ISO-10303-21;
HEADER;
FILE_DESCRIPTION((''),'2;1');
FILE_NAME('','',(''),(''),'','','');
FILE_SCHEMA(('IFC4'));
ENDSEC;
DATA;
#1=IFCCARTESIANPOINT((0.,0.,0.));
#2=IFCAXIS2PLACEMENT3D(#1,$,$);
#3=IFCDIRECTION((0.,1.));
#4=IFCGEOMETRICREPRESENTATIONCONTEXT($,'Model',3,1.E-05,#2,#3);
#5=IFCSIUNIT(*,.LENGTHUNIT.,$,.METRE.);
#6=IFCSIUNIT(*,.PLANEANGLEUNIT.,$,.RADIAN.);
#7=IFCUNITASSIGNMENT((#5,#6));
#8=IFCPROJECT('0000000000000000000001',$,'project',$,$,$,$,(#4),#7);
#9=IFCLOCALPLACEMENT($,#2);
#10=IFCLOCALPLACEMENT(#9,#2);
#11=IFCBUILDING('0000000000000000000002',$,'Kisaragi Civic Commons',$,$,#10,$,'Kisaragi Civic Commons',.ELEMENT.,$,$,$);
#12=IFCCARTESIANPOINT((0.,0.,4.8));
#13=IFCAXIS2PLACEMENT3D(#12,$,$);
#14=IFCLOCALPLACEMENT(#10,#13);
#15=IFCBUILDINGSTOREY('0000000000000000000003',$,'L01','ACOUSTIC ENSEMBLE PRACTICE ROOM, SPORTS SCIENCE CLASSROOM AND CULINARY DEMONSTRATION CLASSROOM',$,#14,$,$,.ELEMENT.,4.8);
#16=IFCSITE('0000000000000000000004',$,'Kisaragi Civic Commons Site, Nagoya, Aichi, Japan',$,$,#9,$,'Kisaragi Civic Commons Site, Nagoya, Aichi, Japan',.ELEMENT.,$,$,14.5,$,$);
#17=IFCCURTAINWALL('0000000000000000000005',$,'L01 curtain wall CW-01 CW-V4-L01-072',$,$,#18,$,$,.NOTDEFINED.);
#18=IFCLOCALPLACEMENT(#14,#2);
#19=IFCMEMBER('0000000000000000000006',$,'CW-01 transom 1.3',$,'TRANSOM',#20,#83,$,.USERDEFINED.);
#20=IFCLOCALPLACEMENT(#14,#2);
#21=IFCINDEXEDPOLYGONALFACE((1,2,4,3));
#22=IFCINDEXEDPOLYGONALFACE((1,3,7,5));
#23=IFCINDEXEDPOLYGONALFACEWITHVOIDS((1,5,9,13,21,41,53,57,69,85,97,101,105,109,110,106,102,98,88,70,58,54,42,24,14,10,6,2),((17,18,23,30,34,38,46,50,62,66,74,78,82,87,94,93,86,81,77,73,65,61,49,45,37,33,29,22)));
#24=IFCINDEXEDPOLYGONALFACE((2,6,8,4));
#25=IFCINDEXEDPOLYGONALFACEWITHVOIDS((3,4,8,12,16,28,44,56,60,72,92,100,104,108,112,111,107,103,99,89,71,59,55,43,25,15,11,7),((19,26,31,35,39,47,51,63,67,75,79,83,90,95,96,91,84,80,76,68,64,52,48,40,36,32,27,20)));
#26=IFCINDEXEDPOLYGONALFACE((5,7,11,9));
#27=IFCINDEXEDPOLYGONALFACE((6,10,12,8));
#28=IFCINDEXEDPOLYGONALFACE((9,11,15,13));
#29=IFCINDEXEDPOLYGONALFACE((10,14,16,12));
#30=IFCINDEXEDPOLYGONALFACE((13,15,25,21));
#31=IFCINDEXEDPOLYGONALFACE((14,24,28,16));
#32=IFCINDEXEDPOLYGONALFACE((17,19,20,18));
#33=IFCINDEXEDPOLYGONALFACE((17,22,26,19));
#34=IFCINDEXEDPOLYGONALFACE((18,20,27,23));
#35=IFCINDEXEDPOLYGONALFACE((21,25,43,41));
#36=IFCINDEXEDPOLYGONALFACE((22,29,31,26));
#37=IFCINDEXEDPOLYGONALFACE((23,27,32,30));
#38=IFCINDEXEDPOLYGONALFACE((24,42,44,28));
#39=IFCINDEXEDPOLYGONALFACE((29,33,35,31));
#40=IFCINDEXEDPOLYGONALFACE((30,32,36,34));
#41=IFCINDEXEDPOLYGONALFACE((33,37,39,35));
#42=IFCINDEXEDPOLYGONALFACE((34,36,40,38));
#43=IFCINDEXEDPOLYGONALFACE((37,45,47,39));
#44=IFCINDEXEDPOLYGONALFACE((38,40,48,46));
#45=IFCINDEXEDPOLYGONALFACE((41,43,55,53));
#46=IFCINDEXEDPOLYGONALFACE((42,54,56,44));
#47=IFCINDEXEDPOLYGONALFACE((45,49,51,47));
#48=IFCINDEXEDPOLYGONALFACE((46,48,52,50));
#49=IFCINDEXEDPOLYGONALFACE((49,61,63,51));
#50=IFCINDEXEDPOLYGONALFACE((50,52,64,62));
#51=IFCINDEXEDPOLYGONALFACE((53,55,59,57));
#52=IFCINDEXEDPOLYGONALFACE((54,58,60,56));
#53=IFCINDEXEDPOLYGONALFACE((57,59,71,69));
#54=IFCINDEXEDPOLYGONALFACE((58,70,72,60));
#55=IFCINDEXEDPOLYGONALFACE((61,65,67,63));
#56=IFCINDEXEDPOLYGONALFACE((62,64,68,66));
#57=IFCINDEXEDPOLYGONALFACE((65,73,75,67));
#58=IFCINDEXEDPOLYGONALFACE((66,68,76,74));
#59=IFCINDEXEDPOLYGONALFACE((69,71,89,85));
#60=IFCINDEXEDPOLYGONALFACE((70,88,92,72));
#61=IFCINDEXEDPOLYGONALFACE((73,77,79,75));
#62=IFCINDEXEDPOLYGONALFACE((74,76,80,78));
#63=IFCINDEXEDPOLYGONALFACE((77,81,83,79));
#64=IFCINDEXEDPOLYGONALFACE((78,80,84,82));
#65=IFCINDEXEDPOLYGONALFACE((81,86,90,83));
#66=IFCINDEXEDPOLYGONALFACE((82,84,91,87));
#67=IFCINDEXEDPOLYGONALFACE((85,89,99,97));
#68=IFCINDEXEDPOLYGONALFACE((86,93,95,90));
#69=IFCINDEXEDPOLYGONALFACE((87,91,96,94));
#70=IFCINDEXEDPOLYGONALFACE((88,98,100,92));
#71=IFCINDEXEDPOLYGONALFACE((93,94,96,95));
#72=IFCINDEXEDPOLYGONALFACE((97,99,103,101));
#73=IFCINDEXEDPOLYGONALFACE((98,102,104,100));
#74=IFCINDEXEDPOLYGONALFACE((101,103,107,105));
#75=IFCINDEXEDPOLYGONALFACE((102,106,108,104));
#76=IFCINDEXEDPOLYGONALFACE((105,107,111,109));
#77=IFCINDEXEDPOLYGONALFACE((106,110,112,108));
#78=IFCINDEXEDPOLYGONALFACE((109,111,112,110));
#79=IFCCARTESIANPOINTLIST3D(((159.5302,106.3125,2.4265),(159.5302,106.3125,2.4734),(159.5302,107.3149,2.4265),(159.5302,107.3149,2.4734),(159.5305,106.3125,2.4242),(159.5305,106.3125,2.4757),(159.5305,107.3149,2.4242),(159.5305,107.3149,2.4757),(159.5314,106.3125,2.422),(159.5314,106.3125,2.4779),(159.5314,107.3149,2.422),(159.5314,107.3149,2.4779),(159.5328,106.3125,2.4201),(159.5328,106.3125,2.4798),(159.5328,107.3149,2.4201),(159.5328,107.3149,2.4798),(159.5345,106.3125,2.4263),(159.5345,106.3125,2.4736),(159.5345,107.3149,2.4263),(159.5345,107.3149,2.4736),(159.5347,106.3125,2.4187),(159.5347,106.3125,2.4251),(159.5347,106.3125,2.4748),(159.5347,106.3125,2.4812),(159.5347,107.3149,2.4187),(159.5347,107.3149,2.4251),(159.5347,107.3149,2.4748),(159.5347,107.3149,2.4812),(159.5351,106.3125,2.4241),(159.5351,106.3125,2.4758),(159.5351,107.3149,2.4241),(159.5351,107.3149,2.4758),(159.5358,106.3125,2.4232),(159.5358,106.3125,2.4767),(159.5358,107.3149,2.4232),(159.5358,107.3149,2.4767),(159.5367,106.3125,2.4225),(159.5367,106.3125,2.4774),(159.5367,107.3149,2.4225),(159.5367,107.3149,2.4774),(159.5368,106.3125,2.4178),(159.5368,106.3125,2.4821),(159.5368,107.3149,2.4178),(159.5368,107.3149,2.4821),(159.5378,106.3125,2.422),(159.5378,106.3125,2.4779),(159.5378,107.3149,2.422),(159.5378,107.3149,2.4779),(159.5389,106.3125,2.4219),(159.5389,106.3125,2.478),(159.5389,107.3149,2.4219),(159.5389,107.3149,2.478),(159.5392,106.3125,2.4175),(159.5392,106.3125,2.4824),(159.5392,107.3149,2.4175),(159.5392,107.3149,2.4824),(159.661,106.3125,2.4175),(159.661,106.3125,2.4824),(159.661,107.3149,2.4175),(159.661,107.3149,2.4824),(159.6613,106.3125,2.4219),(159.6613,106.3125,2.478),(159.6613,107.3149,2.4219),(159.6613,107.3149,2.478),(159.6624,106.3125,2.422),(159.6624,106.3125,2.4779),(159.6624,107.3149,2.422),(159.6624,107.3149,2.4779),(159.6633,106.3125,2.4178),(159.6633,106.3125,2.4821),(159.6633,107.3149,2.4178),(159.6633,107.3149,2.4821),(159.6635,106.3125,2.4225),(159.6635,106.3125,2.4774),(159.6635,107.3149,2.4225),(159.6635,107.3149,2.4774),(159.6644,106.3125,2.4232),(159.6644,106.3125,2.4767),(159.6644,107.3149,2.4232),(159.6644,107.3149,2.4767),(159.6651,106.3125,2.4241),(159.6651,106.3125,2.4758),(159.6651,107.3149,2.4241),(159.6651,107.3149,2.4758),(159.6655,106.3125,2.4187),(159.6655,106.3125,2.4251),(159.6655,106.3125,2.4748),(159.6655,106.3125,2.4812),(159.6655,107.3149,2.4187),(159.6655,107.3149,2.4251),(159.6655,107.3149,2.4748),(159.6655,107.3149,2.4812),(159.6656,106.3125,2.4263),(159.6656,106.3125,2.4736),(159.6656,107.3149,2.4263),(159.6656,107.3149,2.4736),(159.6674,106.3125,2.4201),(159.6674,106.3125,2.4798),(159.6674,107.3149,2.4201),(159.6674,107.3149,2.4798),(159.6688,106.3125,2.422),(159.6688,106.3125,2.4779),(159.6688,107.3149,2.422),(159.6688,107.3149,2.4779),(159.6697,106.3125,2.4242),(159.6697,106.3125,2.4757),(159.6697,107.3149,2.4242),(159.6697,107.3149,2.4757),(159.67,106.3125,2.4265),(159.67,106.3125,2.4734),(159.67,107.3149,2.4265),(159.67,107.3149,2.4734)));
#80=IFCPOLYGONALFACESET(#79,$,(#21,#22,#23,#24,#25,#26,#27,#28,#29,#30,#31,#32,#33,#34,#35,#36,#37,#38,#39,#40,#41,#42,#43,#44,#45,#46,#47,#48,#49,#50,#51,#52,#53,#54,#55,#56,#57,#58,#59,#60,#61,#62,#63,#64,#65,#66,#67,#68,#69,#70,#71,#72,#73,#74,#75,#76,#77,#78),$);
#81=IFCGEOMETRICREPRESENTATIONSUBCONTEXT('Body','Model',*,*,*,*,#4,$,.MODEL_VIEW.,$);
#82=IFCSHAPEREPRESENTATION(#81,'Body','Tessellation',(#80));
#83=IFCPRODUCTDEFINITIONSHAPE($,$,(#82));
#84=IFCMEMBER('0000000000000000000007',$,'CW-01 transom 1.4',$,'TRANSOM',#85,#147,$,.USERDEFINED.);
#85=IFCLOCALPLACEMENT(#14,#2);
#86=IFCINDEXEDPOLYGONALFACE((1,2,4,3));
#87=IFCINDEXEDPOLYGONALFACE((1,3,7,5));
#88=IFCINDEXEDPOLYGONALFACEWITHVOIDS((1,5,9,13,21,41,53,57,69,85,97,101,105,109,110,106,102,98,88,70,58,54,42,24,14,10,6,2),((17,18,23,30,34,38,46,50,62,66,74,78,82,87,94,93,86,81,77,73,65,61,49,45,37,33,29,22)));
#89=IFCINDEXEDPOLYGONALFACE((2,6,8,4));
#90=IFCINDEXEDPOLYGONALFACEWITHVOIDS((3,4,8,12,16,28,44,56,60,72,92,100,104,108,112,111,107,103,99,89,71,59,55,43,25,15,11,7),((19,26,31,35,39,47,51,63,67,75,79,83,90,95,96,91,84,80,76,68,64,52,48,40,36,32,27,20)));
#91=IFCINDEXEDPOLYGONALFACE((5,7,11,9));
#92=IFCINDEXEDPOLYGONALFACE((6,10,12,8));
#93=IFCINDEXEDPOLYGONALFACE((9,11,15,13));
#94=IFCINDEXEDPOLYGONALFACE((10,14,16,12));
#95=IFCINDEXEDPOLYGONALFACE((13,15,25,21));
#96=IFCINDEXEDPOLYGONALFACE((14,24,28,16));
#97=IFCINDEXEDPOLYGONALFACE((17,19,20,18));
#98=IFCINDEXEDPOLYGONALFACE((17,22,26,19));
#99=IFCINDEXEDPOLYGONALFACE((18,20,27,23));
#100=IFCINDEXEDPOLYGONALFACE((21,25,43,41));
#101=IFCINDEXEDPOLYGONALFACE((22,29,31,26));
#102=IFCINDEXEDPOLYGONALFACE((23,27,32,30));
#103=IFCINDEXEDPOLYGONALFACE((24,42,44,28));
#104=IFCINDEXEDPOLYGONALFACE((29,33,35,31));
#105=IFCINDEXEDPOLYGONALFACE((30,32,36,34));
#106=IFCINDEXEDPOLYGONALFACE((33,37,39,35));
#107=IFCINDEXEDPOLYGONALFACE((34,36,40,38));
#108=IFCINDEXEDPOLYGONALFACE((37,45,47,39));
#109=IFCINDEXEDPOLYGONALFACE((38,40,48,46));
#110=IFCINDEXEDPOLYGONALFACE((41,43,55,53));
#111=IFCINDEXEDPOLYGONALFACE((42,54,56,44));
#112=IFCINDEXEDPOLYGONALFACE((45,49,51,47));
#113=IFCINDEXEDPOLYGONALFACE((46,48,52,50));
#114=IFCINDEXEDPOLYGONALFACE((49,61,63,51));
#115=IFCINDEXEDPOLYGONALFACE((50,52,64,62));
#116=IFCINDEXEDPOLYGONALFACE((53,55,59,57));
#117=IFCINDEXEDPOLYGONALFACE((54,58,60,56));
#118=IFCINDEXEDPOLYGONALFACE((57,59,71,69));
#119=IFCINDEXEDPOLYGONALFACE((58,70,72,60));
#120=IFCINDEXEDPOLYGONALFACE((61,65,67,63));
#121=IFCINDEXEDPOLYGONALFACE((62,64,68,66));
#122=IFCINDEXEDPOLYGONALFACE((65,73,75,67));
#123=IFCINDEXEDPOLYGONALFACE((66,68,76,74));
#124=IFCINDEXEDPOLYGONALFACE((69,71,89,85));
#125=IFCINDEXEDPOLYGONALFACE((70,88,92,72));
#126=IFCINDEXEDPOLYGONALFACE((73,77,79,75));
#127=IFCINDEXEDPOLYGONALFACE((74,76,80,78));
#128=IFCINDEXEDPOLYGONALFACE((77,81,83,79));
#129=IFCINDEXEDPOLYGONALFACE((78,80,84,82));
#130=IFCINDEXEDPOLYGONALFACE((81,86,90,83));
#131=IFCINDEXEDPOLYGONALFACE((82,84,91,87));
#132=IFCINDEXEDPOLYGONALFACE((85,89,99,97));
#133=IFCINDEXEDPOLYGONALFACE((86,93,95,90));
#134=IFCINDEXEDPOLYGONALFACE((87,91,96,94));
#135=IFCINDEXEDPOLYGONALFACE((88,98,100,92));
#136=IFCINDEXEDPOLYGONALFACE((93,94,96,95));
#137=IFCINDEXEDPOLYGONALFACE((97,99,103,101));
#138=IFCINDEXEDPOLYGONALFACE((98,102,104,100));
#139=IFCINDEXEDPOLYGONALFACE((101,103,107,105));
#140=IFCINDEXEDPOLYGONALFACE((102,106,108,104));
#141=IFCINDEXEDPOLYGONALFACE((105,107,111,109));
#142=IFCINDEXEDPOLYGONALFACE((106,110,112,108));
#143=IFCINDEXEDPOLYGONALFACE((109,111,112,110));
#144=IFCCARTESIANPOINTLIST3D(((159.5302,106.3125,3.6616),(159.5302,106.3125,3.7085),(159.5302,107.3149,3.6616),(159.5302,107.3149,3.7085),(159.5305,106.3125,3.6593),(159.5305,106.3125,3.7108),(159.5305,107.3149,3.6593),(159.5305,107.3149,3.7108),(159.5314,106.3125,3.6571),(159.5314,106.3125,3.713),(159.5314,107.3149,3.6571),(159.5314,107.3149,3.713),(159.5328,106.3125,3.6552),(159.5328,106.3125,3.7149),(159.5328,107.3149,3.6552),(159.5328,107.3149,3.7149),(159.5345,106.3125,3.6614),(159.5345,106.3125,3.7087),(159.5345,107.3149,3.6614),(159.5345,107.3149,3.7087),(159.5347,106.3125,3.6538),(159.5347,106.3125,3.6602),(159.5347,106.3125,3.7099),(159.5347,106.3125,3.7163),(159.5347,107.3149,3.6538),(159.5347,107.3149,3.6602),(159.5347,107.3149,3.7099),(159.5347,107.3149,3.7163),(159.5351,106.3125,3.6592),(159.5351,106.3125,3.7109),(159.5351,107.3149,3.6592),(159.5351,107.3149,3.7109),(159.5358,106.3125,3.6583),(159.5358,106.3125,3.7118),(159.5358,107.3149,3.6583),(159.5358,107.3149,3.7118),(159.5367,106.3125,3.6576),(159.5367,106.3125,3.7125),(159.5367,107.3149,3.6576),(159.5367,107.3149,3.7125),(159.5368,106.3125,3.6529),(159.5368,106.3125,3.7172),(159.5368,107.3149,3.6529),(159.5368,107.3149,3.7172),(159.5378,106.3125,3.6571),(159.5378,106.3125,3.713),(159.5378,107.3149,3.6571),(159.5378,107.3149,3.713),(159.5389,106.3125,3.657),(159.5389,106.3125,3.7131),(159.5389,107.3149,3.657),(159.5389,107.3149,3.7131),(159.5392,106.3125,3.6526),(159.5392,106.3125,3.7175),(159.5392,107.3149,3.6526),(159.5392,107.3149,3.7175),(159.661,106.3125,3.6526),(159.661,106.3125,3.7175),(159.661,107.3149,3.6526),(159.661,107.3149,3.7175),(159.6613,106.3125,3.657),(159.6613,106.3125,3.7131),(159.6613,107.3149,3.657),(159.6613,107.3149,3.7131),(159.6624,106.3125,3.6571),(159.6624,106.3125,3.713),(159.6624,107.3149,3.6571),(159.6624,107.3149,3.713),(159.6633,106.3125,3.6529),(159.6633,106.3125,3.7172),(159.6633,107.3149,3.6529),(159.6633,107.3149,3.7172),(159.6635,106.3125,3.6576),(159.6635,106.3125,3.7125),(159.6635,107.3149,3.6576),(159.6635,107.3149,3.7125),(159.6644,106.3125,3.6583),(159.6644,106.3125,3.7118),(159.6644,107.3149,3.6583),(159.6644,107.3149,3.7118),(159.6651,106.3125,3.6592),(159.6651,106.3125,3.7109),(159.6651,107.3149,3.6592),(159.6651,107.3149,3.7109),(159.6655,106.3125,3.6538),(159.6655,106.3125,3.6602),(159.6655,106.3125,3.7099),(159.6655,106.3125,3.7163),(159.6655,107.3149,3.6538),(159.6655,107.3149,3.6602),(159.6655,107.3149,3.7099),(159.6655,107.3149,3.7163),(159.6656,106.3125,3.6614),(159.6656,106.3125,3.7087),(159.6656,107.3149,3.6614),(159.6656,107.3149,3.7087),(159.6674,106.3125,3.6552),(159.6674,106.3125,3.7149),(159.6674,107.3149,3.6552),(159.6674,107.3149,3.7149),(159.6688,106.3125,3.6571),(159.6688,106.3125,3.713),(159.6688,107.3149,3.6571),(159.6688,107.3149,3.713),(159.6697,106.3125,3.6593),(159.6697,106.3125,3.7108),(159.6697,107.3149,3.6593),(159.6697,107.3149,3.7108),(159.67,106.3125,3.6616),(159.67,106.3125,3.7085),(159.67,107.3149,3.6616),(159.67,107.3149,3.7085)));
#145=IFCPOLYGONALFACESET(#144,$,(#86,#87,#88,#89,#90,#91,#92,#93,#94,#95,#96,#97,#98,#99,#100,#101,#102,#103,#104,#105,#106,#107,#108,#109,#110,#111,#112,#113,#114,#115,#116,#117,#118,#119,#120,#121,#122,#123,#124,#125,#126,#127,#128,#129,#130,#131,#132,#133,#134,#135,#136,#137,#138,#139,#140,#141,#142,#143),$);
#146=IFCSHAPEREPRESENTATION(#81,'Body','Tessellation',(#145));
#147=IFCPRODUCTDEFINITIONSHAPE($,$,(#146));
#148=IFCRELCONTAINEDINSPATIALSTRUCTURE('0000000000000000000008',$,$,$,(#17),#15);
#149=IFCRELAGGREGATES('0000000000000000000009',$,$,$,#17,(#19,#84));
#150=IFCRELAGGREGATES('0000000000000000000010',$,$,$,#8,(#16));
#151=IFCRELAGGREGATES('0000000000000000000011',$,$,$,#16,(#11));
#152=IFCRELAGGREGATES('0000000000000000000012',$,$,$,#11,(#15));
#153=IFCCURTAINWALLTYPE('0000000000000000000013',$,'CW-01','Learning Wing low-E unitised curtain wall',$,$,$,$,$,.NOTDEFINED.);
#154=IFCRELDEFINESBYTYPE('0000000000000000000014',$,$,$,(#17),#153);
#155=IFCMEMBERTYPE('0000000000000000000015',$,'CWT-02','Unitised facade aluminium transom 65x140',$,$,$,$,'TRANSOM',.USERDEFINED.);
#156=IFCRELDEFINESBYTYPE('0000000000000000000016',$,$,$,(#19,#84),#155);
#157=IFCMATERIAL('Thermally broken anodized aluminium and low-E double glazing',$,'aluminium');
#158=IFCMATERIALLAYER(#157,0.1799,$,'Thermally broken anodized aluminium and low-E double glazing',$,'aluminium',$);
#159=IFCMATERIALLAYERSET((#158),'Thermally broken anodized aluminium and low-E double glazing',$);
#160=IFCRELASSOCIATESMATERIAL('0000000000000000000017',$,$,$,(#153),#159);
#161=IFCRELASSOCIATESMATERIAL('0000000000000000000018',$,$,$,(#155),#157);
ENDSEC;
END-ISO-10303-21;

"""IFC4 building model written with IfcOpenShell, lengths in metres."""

from ifc_helpers import new_model, si_unit, direction, frame, origin, origin_2d, place, context, subcontext, project, spatial, hollow_rectangle, extrude, material, layer, layer_set, material_profile, profile_set, type_object, element, aggregate, save


model = new_model("IFC4")

# Units and contexts
model_context = context("Model", 3, precision=1e-05, world=origin(), true_north=direction((0.0, 1.0)))
body_context = subcontext(model_context, "Body", "Model", "MODEL_VIEW")
ifc_project = project(units=[si_unit("LENGTHUNIT", "METRE"), si_unit("PLANEANGLEUNIT", "RADIAN")], contexts=[model_context])

# Site, building, storey
site_placement = place(None, origin())
site = spatial("IfcSite", under=ifc_project, at=site_placement, Name="Kisaragi Civic Commons Site, Nagoya, Aichi, Japan", LongName="Kisaragi Civic Commons Site, Nagoya, Aichi, Japan", CompositionType="ELEMENT", RefElevation=14.5)
building_placement = place(site_placement, origin())
building = spatial("IfcBuilding", under=site, at=building_placement, Name="Kisaragi Civic Commons", LongName="Kisaragi Civic Commons", CompositionType="ELEMENT")
storey_placement = place(building_placement, frame((0.0, 0.0, 4.8)))
storey = spatial("IfcBuildingStorey", under=building, at=storey_placement, Name="L01", Description="ACOUSTIC ENSEMBLE PRACTICE ROOM, SPORTS SCIENCE CLASSROOM AND CULINARY DEMONSTRATION CLASSROOM", CompositionType="ELEMENT", Elevation=4.8)

# Curtain wall
ifc_material_1 = material(Name="Thermally broken anodized aluminium and low-E double glazing", Category="aluminium")
ifc_layer_1 = layer(ifc_material_1, 0.1799, Name="Thermally broken anodized aluminium and low-E double glazing", Category="aluminium")
ifc_layer_set_1 = layer_set([ifc_layer_1], Name="Thermally broken anodized aluminium and low-E double glazing")
curtain_wall_type = type_object("IfcCurtainWallType", Name="CW-01", Description="Learning Wing low-E unitised curtain wall", PredefinedType="NOTDEFINED", material=ifc_layer_set_1)
curtain_wall_1_placement = place(storey_placement, origin())
curtain_wall_1 = element("IfcCurtainWall", 1, at=curtain_wall_1_placement, inside=storey, type_object=curtain_wall_type, Name="L01 curtain wall CW-01 CW-V4-L01-072", PredefinedType="NOTDEFINED")

# Members
ifc_material_profile_1 = material_profile(ifc_material_1, hollow_rectangle(XDim=0.1399, YDim=0.0649, WallThickness=0.0044, InnerFilletRadius=0.0044, OuterFilletRadius=0.009, at=origin_2d()), Name="CWT-65x140x4.5", Category="aluminium")
ifc_profile_set_1 = profile_set([ifc_material_profile_1], Name="Thermally broken anodized aluminium and low-E double glazing")
member_type_1 = type_object("IfcMemberType", Name="CWT-02", Description="Unitised facade aluminium transom 65x140", ElementType="TRANSOM", PredefinedType="USERDEFINED", material=ifc_profile_set_1)
member_1_placement = place(storey_placement, frame((159.6001, 107.3149, 2.45), z_axis=(0.0, -1.0, 0.0), x_axis=(1.0, 0.0, 0.0)))
member_1 = element("IfcMember", 2, at=member_1_placement, type_object=member_type_1, Name="CW-01 transom 1.3", ObjectType="TRANSOM", PredefinedType="USERDEFINED", context=body_context, shape_type="SweptSolid", body=[
    extrude(hollow_rectangle(XDim=0.1399, YDim=0.0649, WallThickness=0.0044, InnerFilletRadius=0.0044, OuterFilletRadius=0.009, at=origin_2d()), origin(), (0.0, 0.0, 1.0), 1.0024),
])
member_2_placement = place(storey_placement, frame((159.6001, 107.3149, 3.6851), z_axis=(0.0, -1.0, 0.0), x_axis=(1.0, 0.0, 0.0)))
member_2 = element("IfcMember", 3, at=member_2_placement, type_object=member_type_1, Name="CW-01 transom 1.4", ObjectType="TRANSOM", PredefinedType="USERDEFINED", context=body_context, shape_type="SweptSolid", body=[
    extrude(hollow_rectangle(XDim=0.1399, YDim=0.0649, WallThickness=0.0044, InnerFilletRadius=0.0044, OuterFilletRadius=0.009, at=origin_2d()), origin(), (0.0, 0.0, 1.0), 1.0024),
])

aggregate(curtain_wall_1, [member_1, member_2])

save(model, "model.ifc")
